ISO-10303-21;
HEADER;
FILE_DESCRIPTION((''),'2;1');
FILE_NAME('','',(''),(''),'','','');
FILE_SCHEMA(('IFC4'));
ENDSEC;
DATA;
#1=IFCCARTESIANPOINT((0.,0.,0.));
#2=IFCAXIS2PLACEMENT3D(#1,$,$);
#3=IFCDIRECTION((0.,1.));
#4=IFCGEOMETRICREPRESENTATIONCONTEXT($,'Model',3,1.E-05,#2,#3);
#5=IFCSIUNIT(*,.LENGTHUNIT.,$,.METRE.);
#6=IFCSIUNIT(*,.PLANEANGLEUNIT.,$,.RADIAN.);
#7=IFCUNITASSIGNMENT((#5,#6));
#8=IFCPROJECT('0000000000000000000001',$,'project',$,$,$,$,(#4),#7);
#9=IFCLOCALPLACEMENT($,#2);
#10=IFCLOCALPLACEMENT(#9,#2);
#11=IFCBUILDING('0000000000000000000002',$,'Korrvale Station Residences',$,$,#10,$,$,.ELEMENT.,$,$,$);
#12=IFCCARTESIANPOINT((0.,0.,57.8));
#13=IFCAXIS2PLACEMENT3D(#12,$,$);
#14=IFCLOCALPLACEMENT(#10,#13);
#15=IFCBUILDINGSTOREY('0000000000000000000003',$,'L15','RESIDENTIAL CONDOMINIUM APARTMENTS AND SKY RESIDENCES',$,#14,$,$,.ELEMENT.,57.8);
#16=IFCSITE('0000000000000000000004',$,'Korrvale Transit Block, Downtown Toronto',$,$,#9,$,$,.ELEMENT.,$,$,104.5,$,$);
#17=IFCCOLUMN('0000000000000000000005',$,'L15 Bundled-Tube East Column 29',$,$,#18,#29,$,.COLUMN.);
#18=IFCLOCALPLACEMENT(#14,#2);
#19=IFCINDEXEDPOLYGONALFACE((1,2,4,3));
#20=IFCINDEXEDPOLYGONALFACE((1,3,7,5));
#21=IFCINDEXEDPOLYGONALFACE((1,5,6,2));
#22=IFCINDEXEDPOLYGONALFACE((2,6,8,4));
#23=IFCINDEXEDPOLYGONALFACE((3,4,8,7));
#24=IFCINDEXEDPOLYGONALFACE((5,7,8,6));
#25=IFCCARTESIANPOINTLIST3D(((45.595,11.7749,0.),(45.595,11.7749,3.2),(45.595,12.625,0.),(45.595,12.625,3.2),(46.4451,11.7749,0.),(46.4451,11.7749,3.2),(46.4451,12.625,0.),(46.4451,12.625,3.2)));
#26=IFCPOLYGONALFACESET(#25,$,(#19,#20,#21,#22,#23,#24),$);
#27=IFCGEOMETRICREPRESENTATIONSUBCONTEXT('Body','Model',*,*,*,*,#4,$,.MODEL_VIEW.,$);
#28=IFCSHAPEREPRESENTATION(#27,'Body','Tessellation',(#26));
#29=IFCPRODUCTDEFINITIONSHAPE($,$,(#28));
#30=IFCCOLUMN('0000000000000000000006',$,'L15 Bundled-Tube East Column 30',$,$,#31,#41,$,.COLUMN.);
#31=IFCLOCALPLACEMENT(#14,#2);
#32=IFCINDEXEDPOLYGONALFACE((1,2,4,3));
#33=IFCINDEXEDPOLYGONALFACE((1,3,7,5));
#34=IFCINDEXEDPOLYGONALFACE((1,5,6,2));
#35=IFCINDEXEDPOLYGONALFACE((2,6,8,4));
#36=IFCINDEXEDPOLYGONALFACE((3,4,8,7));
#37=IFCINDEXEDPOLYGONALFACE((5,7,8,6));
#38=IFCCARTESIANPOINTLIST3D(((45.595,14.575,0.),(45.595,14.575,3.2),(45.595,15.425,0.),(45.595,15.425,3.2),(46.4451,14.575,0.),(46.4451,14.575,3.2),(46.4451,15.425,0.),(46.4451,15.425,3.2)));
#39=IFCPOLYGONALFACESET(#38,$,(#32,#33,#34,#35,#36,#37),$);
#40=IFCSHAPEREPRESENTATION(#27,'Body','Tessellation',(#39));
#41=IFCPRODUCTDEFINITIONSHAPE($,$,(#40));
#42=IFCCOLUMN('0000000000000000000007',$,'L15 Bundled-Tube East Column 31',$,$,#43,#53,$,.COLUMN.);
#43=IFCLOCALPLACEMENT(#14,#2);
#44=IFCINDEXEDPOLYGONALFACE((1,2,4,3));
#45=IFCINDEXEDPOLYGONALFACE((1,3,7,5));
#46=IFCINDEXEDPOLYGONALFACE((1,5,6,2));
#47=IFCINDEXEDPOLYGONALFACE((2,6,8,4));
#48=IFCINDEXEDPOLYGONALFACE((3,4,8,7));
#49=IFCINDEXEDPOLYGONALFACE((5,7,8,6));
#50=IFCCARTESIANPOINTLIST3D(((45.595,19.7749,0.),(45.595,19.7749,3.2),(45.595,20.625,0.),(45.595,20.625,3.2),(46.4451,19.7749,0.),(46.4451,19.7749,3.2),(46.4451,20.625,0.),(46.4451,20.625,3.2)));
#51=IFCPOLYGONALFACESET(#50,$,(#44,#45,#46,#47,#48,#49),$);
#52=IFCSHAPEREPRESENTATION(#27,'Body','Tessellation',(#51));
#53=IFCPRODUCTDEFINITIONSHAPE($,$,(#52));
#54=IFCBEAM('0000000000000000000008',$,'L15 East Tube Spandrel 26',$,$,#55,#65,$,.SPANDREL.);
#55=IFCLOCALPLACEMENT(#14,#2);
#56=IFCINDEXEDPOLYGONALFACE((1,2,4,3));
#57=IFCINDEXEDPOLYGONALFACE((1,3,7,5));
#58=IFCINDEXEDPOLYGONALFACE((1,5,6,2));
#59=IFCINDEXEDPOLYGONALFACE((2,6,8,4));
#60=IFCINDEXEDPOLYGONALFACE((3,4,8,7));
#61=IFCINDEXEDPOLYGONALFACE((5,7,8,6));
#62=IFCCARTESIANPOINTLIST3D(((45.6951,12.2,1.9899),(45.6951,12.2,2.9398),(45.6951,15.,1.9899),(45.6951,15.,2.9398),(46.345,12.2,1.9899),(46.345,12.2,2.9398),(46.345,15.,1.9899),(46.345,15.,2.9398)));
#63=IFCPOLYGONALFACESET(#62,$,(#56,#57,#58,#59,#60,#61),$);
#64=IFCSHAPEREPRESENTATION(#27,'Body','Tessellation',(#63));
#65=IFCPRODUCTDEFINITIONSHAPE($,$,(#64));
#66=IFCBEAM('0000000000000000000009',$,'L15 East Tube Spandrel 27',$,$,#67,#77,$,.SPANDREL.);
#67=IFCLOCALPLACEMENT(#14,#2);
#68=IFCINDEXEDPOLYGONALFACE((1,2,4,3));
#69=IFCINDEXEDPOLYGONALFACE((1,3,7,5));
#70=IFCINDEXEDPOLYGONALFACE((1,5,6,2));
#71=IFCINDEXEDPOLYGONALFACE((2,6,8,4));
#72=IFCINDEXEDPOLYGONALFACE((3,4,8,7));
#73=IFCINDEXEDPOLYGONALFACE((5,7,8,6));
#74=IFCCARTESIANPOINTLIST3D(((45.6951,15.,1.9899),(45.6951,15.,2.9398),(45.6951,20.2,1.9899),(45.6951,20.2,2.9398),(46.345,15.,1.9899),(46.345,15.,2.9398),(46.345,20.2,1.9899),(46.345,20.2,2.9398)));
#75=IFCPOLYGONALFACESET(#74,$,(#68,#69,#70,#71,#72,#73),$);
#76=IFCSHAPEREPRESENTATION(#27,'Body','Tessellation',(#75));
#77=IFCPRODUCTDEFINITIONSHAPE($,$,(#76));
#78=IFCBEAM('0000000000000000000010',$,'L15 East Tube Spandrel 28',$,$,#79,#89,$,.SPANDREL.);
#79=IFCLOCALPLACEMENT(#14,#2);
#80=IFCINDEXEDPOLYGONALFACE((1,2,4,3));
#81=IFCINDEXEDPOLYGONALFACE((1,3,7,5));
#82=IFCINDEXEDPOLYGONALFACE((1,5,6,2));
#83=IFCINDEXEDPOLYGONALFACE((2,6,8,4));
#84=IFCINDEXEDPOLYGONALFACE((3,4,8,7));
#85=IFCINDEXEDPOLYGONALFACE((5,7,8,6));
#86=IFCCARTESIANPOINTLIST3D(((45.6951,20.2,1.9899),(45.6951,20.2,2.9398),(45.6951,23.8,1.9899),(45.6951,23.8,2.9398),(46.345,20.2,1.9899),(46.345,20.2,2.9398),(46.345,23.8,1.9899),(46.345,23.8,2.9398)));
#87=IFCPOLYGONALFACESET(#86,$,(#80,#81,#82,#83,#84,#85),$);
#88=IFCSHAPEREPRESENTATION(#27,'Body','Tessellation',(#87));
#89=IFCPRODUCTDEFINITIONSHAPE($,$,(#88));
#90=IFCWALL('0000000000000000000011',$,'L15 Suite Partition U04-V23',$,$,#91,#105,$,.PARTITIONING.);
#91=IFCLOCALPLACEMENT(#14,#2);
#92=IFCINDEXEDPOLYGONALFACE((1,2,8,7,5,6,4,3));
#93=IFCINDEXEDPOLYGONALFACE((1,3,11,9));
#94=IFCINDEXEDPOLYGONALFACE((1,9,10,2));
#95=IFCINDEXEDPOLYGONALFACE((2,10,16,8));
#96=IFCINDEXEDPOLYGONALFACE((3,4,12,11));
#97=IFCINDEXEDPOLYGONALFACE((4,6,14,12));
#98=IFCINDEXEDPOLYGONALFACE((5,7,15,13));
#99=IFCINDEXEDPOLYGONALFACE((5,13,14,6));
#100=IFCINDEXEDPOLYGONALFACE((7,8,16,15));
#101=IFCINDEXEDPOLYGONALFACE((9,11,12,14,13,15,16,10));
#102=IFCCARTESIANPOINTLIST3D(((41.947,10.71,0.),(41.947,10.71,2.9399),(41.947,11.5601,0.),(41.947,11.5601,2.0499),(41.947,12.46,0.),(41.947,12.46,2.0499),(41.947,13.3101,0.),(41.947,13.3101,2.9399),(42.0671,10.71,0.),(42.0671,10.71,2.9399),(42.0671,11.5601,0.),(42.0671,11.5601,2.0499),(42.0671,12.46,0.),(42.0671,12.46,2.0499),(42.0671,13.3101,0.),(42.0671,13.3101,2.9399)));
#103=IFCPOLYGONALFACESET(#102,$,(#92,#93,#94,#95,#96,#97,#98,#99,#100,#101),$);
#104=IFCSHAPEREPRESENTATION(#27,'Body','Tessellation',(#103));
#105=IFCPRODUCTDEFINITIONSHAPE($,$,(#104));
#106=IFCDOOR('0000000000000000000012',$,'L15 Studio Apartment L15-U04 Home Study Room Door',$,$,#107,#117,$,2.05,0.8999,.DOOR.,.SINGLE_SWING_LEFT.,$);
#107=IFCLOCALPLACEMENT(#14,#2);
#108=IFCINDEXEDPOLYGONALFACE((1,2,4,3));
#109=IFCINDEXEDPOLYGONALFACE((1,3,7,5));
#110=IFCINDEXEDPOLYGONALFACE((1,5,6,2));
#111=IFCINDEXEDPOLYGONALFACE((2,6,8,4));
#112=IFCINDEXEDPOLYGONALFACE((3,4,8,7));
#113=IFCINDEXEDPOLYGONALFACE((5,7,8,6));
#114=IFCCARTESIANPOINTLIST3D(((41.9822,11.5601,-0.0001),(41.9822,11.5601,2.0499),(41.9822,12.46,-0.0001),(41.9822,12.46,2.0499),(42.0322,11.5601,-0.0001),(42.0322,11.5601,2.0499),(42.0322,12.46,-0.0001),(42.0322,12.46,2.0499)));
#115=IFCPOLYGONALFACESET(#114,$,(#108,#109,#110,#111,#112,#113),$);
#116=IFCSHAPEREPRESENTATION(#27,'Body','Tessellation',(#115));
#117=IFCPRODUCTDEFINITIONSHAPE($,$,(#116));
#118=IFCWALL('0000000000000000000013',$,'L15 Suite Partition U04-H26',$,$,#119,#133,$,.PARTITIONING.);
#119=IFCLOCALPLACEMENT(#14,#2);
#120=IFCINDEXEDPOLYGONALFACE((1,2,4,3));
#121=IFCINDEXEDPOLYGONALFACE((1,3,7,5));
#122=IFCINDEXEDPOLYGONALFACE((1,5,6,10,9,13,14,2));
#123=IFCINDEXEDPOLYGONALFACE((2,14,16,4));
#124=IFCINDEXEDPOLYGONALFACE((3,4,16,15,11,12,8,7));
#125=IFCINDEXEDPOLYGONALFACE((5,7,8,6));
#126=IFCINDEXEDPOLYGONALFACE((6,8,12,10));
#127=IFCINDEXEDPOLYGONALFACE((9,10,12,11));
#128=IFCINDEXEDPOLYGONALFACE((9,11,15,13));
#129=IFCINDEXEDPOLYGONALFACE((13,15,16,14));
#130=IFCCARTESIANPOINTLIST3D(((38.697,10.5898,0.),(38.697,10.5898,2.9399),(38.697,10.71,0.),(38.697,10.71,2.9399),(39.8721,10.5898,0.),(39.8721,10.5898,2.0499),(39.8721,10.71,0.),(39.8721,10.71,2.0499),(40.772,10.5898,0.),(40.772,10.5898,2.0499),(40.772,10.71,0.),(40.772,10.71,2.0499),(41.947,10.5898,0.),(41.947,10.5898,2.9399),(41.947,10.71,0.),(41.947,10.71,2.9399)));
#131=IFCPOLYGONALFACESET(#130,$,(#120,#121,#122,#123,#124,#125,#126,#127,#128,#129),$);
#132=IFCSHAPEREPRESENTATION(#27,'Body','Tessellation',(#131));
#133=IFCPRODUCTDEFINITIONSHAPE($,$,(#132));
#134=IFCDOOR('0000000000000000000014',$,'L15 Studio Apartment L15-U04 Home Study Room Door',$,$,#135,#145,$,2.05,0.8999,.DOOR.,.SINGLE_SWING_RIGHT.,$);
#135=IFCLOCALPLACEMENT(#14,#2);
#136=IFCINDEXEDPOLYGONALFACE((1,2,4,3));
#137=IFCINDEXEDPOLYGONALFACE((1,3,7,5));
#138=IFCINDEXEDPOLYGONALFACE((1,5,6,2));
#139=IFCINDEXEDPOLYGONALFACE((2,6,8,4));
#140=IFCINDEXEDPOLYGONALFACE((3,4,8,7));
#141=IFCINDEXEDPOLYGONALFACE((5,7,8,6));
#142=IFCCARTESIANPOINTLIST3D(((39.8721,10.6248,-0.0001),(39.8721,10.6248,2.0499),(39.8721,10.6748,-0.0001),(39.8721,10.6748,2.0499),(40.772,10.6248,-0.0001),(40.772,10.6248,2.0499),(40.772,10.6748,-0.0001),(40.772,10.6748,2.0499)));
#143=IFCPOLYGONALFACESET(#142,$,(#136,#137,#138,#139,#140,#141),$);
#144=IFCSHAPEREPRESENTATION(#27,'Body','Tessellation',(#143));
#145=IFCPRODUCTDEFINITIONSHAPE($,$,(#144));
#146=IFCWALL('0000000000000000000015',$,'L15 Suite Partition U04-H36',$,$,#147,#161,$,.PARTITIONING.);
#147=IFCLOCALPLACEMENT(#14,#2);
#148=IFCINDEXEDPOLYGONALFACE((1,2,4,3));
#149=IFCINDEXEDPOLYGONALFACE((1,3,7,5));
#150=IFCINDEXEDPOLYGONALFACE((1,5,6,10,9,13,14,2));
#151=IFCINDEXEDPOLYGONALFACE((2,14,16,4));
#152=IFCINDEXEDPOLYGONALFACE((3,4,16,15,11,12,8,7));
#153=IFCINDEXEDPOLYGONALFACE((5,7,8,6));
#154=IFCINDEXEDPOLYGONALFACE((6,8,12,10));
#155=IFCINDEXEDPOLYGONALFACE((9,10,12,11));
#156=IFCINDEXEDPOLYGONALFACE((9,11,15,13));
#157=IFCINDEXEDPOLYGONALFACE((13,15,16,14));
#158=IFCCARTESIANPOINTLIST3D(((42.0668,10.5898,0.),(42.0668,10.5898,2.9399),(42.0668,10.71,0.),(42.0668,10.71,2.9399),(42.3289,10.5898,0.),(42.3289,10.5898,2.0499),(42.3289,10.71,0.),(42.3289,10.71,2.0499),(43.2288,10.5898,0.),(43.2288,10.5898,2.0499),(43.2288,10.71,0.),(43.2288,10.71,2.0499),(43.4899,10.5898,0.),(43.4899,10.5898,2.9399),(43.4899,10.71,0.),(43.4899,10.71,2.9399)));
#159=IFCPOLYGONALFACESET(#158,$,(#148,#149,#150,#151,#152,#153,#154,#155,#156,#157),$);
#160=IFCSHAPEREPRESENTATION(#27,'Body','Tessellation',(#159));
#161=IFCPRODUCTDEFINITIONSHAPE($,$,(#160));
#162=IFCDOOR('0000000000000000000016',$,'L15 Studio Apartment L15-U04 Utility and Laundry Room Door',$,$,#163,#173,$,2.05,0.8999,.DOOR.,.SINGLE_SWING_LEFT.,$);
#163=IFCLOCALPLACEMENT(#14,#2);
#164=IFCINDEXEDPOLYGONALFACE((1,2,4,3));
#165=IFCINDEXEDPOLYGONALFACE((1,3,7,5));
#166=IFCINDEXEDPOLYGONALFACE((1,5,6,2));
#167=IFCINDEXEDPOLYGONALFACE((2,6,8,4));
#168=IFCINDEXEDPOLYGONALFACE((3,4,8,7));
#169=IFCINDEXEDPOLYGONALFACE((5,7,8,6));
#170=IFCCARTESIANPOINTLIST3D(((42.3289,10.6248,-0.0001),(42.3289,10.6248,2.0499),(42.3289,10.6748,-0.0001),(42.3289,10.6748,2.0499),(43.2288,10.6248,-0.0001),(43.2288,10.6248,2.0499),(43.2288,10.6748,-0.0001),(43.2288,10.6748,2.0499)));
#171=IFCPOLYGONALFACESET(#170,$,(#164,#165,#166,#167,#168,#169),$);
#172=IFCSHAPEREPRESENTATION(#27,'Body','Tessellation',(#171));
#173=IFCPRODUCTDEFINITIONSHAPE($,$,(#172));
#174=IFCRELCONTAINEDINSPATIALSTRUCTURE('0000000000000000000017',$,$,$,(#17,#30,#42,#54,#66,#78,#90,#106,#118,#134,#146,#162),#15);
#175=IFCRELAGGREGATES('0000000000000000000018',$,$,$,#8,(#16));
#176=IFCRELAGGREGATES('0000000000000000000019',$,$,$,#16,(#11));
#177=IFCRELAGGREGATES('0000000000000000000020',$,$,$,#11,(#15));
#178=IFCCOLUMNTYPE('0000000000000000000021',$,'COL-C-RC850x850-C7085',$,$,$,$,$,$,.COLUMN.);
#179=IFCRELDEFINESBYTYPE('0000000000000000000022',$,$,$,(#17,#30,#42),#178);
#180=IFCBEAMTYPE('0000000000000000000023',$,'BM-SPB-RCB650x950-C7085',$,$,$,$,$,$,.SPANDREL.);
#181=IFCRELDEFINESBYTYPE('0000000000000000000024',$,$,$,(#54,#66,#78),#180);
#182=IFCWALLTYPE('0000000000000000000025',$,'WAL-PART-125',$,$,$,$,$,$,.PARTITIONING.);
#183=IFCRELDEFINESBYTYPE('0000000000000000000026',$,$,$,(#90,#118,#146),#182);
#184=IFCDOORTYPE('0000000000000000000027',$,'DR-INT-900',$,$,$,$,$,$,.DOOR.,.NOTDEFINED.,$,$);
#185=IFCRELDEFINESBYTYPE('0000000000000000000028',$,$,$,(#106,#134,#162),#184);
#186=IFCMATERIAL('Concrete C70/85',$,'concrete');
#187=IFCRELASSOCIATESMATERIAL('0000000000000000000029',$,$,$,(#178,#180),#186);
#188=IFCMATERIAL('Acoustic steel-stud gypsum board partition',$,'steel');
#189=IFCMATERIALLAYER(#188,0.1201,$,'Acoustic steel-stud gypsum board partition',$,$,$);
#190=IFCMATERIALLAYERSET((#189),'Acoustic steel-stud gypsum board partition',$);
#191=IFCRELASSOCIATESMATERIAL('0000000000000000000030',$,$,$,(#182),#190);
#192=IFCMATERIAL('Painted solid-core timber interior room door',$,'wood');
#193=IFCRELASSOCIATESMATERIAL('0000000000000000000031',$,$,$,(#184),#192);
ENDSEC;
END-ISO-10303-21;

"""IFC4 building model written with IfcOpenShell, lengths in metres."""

from ifc_helpers import new_model, si_unit, direction, frame, frame_2d, origin, origin_2d, place, context, subcontext, project, spatial, rectangle, extrude, material, layer, layer_set, material_profile, profile_set, type_object, element, fill, save


model = new_model("IFC4")

# Units and contexts
model_context = context("Model", 3, precision=1e-05, world=origin(), true_north=direction((0.0, 1.0)))
body_context = subcontext(model_context, "Body", "Model", "MODEL_VIEW")
ifc_project = project(units=[si_unit("LENGTHUNIT", "METRE"), si_unit("PLANEANGLEUNIT", "RADIAN")], contexts=[model_context])

# Site, building, storey
site_placement = place(None, origin())
site = spatial("IfcSite", under=ifc_project, at=site_placement, Name="Korrvale Transit Block, Downtown Toronto", CompositionType="ELEMENT", RefElevation=104.5)
building_placement = place(site_placement, origin())
building = spatial("IfcBuilding", under=site, at=building_placement, Name="Korrvale Station Residences", CompositionType="ELEMENT")
storey_placement = place(building_placement, frame((0.0, 0.0, 57.8)))
storey = spatial("IfcBuildingStorey", under=building, at=storey_placement, Name="L15", Description="RESIDENTIAL CONDOMINIUM APARTMENTS AND SKY RESIDENCES", CompositionType="ELEMENT", Elevation=57.8)

# Columns
ifc_material_1 = material(Name="Concrete C70/85", Category="concrete")
ifc_material_profile_1 = material_profile(ifc_material_1, rectangle(XDim=0.8501, YDim=0.8501, at=origin_2d()), Name="RC850x850")
ifc_profile_set_1 = profile_set([ifc_material_profile_1], Name="Concrete C70/85")
column_type = type_object("IfcColumnType", Name="COL-C-RC850x850-C7085", PredefinedType="COLUMN", material=ifc_profile_set_1)
for number, where, z_axis, x_axis, name in (
    (1, (46.02, 12.2, 0.0), (0.0, 0.0, 1.0), (1.0, 0.0, 0.0), "L15 Bundled-Tube East Column 29"),
    (2, (46.02, 15.0, 0.0), (0.0, 0.0, 1.0), (1.0, 0.0, 0.0), "L15 Bundled-Tube East Column 30"),
    (3, (46.02, 20.2, 0.0), (0.0, 0.0, 1.0), (1.0, 0.0, 0.0), "L15 Bundled-Tube East Column 31"),
):
    element("IfcColumn", number, at=place(storey_placement, frame(where, z_axis=z_axis, x_axis=x_axis)), inside=storey, type_object=column_type, Name=name, PredefinedType="COLUMN", context=body_context, shape_type="SweptSolid", body=[
        extrude(rectangle(XDim=0.8501, YDim=0.8501, at=origin_2d()), origin(), (0.0, 0.0, 1.0), 3.2),
    ])

# Beams
ifc_material_profile_2 = material_profile(ifc_material_1, rectangle(XDim=0.6499, YDim=0.95, at=origin_2d()), Name="RCB650x950")
ifc_profile_set_2 = profile_set([ifc_material_profile_2], Name="Concrete C70/85")
beam_type = type_object("IfcBeamType", Name="BM-SPB-RCB650x950-C7085", PredefinedType="SPANDREL", material=ifc_profile_set_2)
beam_1_placement = place(storey_placement, frame((46.02, 12.2, 2.4648), z_axis=(0.0, 1.0, 0.0), x_axis=(-1.0, 0.0, 0.0)))
element("IfcBeam", 4, at=beam_1_placement, inside=storey, type_object=beam_type, Name="L15 East Tube Spandrel 26", PredefinedType="SPANDREL", context=body_context, shape_type="SweptSolid", body=[
    extrude(rectangle(XDim=0.6499, YDim=0.95, at=origin_2d()), origin(), (0.0, 0.0, 1.0), 2.8),
])
beam_2_placement = place(storey_placement, frame((46.02, 15.0, 2.4648), z_axis=(0.0, 1.0, 0.0), x_axis=(-1.0, 0.0, 0.0)))
element("IfcBeam", 5, at=beam_2_placement, inside=storey, type_object=beam_type, Name="L15 East Tube Spandrel 27", PredefinedType="SPANDREL", context=body_context, shape_type="SweptSolid", body=[
    extrude(rectangle(XDim=0.6499, YDim=0.95, at=origin_2d()), origin(), (0.0, 0.0, 1.0), 5.2),
])
beam_3_placement = place(storey_placement, frame((46.02, 20.2, 2.4648), z_axis=(0.0, 1.0, 0.0), x_axis=(-1.0, 0.0, 0.0)))
element("IfcBeam", 6, at=beam_3_placement, inside=storey, type_object=beam_type, Name="L15 East Tube Spandrel 28", PredefinedType="SPANDREL", context=body_context, shape_type="SweptSolid", body=[
    extrude(rectangle(XDim=0.6499, YDim=0.95, at=origin_2d()), origin(), (0.0, 0.0, 1.0), 3.6001),
])

# Walls, openings, doors
ifc_material_2 = material(Name="Acoustic steel-stud gypsum board partition", Category="steel")
ifc_layer_1 = layer(ifc_material_2, 0.1201, Name="Acoustic steel-stud gypsum board partition")
ifc_layer_set_1 = layer_set([ifc_layer_1], Name="Acoustic steel-stud gypsum board partition")
wall_type_1 = type_object("IfcWallType", Name="WAL-PART-125", PredefinedType="PARTITIONING", material=ifc_layer_set_1)
wall_1_placement = place(storey_placement, frame((42.0071, 10.71, 0.0), z_axis=(0.0, 0.0, 1.0), x_axis=(0.0, 1.0, 0.0)))
wall_1 = element("IfcWall", 7, at=wall_1_placement, inside=storey, type_object=wall_type_1, Name="L15 Suite Partition U04-V23", PredefinedType="PARTITIONING", context=body_context, shape_type="SweptSolid", body=[
    extrude(rectangle(XDim=2.6001, YDim=0.1201, at=frame_2d((1.3, 0.0))), origin(), (0.0, 0.0, 1.0), 2.9399),
])
opening_1_placement = place(wall_1_placement, frame((0.8501, 0.0, 0.0)))
opening_1 = element("IfcOpeningElement", 8, at=opening_1_placement, cuts=wall_1, PredefinedType="OPENING", context=body_context, shape_type="SweptSolid", body=[
    extrude(rectangle(XDim=0.8999, YDim=2.05, at=frame_2d((0.45, 1.0249))), frame((0.0, 0.0701, 0.0), z_axis=(0.0, -1.0, 0.0), x_axis=(1.0, 0.0, 0.0)), (0.0, 0.0, 1.0), 0.1401),
])
ifc_material_3 = material(Name="Painted solid-core timber interior room door", Category="wood")
door_type = type_object("IfcDoorType", Name="DR-INT-900", OperationType="NOTDEFINED", PredefinedType="DOOR", material=ifc_material_3)
door_1_placement = place(opening_1_placement, origin())
door_1 = element("IfcDoor", 9, at=door_1_placement, inside=storey, type_object=door_type, Name="L15 Studio Apartment L15-U04 Home Study Room Door", OperationType="SINGLE_SWING_LEFT", OverallHeight=2.05, OverallWidth=0.8999, PredefinedType="DOOR", context=body_context, shape_type="SweptSolid", body=[
    extrude(rectangle(XDim=0.8999, YDim=2.05, at=frame_2d((0.45, 1.0249))), frame((0.0, 0.0249, 0.0), z_axis=(0.0, -1.0, 0.0), x_axis=(1.0, 0.0, 0.0)), (0.0, 0.0, 1.0), 0.05),
])
fill(opening_1, door_1)
wall_2_placement = place(storey_placement, frame((38.697, 10.6499, 0.0), z_axis=(0.0, 0.0, 1.0), x_axis=(1.0, 0.0, 0.0)))
wall_2 = element("IfcWall", 10, at=wall_2_placement, inside=storey, type_object=wall_type_1, Name="L15 Suite Partition U04-H26", PredefinedType="PARTITIONING", context=body_context, shape_type="SweptSolid", body=[
    extrude(rectangle(XDim=3.25, YDim=0.1201, at=frame_2d((1.625, 0.0))), origin(), (0.0, 0.0, 1.0), 2.9399),
])
opening_2_placement = place(wall_2_placement, frame((1.175, 0.0, 0.0)))
opening_2 = element("IfcOpeningElement", 11, at=opening_2_placement, cuts=wall_2, PredefinedType="OPENING", context=body_context, shape_type="SweptSolid", body=[
    extrude(rectangle(XDim=0.8999, YDim=2.05, at=frame_2d((0.45, 1.0249))), frame((0.0, 0.0701, 0.0), z_axis=(0.0, -1.0, 0.0), x_axis=(1.0, 0.0, 0.0)), (0.0, 0.0, 1.0), 0.1401),
])
door_2_placement = place(opening_2_placement, origin())
door_2 = element("IfcDoor", 12, at=door_2_placement, inside=storey, type_object=door_type, Name="L15 Studio Apartment L15-U04 Home Study Room Door", OperationType="SINGLE_SWING_RIGHT", OverallHeight=2.05, OverallWidth=0.8999, PredefinedType="DOOR", context=body_context, shape_type="SweptSolid", body=[
    extrude(rectangle(XDim=0.8999, YDim=2.05, at=frame_2d((0.45, 1.0249))), frame((0.0, 0.0249, 0.0), z_axis=(0.0, -1.0, 0.0), x_axis=(1.0, 0.0, 0.0)), (0.0, 0.0, 1.0), 0.05),
])
fill(opening_2, door_2)
wall_3_placement = place(storey_placement, frame((42.0669, 10.6499, 0.0), z_axis=(0.0, 0.0, 1.0), x_axis=(1.0, 0.0, 0.0)))
wall_3 = element("IfcWall", 13, at=wall_3_placement, inside=storey, type_object=wall_type_1, Name="L15 Suite Partition U04-H36", PredefinedType="PARTITIONING", context=body_context, shape_type="SweptSolid", body=[
    extrude(rectangle(XDim=1.4231, YDim=0.1201, at=frame_2d((0.7114, 0.0))), origin(), (0.0, 0.0, 1.0), 2.9399),
])
opening_3_placement = place(wall_3_placement, frame((0.262, 0.0, 0.0)))
opening_3 = element("IfcOpeningElement", 14, at=opening_3_placement, cuts=wall_3, PredefinedType="OPENING", context=body_context, shape_type="SweptSolid", body=[
    extrude(rectangle(XDim=0.8999, YDim=2.05, at=frame_2d((0.45, 1.0249))), frame((0.0, 0.0701, 0.0), z_axis=(0.0, -1.0, 0.0), x_axis=(1.0, 0.0, 0.0)), (0.0, 0.0, 1.0), 0.1401),
])
door_3_placement = place(opening_3_placement, origin())
door_3 = element("IfcDoor", 15, at=door_3_placement, inside=storey, type_object=door_type, Name="L15 Studio Apartment L15-U04 Utility and Laundry Room Door", OperationType="SINGLE_SWING_LEFT", OverallHeight=2.05, OverallWidth=0.8999, PredefinedType="DOOR", context=body_context, shape_type="SweptSolid", body=[
    extrude(rectangle(XDim=0.8999, YDim=2.05, at=frame_2d((0.45, 1.0249))), frame((0.0, 0.0249, 0.0), z_axis=(0.0, -1.0, 0.0), x_axis=(1.0, 0.0, 0.0)), (0.0, 0.0, 1.0), 0.05),
])
fill(opening_3, door_3)

save(model, "model.ifc")
